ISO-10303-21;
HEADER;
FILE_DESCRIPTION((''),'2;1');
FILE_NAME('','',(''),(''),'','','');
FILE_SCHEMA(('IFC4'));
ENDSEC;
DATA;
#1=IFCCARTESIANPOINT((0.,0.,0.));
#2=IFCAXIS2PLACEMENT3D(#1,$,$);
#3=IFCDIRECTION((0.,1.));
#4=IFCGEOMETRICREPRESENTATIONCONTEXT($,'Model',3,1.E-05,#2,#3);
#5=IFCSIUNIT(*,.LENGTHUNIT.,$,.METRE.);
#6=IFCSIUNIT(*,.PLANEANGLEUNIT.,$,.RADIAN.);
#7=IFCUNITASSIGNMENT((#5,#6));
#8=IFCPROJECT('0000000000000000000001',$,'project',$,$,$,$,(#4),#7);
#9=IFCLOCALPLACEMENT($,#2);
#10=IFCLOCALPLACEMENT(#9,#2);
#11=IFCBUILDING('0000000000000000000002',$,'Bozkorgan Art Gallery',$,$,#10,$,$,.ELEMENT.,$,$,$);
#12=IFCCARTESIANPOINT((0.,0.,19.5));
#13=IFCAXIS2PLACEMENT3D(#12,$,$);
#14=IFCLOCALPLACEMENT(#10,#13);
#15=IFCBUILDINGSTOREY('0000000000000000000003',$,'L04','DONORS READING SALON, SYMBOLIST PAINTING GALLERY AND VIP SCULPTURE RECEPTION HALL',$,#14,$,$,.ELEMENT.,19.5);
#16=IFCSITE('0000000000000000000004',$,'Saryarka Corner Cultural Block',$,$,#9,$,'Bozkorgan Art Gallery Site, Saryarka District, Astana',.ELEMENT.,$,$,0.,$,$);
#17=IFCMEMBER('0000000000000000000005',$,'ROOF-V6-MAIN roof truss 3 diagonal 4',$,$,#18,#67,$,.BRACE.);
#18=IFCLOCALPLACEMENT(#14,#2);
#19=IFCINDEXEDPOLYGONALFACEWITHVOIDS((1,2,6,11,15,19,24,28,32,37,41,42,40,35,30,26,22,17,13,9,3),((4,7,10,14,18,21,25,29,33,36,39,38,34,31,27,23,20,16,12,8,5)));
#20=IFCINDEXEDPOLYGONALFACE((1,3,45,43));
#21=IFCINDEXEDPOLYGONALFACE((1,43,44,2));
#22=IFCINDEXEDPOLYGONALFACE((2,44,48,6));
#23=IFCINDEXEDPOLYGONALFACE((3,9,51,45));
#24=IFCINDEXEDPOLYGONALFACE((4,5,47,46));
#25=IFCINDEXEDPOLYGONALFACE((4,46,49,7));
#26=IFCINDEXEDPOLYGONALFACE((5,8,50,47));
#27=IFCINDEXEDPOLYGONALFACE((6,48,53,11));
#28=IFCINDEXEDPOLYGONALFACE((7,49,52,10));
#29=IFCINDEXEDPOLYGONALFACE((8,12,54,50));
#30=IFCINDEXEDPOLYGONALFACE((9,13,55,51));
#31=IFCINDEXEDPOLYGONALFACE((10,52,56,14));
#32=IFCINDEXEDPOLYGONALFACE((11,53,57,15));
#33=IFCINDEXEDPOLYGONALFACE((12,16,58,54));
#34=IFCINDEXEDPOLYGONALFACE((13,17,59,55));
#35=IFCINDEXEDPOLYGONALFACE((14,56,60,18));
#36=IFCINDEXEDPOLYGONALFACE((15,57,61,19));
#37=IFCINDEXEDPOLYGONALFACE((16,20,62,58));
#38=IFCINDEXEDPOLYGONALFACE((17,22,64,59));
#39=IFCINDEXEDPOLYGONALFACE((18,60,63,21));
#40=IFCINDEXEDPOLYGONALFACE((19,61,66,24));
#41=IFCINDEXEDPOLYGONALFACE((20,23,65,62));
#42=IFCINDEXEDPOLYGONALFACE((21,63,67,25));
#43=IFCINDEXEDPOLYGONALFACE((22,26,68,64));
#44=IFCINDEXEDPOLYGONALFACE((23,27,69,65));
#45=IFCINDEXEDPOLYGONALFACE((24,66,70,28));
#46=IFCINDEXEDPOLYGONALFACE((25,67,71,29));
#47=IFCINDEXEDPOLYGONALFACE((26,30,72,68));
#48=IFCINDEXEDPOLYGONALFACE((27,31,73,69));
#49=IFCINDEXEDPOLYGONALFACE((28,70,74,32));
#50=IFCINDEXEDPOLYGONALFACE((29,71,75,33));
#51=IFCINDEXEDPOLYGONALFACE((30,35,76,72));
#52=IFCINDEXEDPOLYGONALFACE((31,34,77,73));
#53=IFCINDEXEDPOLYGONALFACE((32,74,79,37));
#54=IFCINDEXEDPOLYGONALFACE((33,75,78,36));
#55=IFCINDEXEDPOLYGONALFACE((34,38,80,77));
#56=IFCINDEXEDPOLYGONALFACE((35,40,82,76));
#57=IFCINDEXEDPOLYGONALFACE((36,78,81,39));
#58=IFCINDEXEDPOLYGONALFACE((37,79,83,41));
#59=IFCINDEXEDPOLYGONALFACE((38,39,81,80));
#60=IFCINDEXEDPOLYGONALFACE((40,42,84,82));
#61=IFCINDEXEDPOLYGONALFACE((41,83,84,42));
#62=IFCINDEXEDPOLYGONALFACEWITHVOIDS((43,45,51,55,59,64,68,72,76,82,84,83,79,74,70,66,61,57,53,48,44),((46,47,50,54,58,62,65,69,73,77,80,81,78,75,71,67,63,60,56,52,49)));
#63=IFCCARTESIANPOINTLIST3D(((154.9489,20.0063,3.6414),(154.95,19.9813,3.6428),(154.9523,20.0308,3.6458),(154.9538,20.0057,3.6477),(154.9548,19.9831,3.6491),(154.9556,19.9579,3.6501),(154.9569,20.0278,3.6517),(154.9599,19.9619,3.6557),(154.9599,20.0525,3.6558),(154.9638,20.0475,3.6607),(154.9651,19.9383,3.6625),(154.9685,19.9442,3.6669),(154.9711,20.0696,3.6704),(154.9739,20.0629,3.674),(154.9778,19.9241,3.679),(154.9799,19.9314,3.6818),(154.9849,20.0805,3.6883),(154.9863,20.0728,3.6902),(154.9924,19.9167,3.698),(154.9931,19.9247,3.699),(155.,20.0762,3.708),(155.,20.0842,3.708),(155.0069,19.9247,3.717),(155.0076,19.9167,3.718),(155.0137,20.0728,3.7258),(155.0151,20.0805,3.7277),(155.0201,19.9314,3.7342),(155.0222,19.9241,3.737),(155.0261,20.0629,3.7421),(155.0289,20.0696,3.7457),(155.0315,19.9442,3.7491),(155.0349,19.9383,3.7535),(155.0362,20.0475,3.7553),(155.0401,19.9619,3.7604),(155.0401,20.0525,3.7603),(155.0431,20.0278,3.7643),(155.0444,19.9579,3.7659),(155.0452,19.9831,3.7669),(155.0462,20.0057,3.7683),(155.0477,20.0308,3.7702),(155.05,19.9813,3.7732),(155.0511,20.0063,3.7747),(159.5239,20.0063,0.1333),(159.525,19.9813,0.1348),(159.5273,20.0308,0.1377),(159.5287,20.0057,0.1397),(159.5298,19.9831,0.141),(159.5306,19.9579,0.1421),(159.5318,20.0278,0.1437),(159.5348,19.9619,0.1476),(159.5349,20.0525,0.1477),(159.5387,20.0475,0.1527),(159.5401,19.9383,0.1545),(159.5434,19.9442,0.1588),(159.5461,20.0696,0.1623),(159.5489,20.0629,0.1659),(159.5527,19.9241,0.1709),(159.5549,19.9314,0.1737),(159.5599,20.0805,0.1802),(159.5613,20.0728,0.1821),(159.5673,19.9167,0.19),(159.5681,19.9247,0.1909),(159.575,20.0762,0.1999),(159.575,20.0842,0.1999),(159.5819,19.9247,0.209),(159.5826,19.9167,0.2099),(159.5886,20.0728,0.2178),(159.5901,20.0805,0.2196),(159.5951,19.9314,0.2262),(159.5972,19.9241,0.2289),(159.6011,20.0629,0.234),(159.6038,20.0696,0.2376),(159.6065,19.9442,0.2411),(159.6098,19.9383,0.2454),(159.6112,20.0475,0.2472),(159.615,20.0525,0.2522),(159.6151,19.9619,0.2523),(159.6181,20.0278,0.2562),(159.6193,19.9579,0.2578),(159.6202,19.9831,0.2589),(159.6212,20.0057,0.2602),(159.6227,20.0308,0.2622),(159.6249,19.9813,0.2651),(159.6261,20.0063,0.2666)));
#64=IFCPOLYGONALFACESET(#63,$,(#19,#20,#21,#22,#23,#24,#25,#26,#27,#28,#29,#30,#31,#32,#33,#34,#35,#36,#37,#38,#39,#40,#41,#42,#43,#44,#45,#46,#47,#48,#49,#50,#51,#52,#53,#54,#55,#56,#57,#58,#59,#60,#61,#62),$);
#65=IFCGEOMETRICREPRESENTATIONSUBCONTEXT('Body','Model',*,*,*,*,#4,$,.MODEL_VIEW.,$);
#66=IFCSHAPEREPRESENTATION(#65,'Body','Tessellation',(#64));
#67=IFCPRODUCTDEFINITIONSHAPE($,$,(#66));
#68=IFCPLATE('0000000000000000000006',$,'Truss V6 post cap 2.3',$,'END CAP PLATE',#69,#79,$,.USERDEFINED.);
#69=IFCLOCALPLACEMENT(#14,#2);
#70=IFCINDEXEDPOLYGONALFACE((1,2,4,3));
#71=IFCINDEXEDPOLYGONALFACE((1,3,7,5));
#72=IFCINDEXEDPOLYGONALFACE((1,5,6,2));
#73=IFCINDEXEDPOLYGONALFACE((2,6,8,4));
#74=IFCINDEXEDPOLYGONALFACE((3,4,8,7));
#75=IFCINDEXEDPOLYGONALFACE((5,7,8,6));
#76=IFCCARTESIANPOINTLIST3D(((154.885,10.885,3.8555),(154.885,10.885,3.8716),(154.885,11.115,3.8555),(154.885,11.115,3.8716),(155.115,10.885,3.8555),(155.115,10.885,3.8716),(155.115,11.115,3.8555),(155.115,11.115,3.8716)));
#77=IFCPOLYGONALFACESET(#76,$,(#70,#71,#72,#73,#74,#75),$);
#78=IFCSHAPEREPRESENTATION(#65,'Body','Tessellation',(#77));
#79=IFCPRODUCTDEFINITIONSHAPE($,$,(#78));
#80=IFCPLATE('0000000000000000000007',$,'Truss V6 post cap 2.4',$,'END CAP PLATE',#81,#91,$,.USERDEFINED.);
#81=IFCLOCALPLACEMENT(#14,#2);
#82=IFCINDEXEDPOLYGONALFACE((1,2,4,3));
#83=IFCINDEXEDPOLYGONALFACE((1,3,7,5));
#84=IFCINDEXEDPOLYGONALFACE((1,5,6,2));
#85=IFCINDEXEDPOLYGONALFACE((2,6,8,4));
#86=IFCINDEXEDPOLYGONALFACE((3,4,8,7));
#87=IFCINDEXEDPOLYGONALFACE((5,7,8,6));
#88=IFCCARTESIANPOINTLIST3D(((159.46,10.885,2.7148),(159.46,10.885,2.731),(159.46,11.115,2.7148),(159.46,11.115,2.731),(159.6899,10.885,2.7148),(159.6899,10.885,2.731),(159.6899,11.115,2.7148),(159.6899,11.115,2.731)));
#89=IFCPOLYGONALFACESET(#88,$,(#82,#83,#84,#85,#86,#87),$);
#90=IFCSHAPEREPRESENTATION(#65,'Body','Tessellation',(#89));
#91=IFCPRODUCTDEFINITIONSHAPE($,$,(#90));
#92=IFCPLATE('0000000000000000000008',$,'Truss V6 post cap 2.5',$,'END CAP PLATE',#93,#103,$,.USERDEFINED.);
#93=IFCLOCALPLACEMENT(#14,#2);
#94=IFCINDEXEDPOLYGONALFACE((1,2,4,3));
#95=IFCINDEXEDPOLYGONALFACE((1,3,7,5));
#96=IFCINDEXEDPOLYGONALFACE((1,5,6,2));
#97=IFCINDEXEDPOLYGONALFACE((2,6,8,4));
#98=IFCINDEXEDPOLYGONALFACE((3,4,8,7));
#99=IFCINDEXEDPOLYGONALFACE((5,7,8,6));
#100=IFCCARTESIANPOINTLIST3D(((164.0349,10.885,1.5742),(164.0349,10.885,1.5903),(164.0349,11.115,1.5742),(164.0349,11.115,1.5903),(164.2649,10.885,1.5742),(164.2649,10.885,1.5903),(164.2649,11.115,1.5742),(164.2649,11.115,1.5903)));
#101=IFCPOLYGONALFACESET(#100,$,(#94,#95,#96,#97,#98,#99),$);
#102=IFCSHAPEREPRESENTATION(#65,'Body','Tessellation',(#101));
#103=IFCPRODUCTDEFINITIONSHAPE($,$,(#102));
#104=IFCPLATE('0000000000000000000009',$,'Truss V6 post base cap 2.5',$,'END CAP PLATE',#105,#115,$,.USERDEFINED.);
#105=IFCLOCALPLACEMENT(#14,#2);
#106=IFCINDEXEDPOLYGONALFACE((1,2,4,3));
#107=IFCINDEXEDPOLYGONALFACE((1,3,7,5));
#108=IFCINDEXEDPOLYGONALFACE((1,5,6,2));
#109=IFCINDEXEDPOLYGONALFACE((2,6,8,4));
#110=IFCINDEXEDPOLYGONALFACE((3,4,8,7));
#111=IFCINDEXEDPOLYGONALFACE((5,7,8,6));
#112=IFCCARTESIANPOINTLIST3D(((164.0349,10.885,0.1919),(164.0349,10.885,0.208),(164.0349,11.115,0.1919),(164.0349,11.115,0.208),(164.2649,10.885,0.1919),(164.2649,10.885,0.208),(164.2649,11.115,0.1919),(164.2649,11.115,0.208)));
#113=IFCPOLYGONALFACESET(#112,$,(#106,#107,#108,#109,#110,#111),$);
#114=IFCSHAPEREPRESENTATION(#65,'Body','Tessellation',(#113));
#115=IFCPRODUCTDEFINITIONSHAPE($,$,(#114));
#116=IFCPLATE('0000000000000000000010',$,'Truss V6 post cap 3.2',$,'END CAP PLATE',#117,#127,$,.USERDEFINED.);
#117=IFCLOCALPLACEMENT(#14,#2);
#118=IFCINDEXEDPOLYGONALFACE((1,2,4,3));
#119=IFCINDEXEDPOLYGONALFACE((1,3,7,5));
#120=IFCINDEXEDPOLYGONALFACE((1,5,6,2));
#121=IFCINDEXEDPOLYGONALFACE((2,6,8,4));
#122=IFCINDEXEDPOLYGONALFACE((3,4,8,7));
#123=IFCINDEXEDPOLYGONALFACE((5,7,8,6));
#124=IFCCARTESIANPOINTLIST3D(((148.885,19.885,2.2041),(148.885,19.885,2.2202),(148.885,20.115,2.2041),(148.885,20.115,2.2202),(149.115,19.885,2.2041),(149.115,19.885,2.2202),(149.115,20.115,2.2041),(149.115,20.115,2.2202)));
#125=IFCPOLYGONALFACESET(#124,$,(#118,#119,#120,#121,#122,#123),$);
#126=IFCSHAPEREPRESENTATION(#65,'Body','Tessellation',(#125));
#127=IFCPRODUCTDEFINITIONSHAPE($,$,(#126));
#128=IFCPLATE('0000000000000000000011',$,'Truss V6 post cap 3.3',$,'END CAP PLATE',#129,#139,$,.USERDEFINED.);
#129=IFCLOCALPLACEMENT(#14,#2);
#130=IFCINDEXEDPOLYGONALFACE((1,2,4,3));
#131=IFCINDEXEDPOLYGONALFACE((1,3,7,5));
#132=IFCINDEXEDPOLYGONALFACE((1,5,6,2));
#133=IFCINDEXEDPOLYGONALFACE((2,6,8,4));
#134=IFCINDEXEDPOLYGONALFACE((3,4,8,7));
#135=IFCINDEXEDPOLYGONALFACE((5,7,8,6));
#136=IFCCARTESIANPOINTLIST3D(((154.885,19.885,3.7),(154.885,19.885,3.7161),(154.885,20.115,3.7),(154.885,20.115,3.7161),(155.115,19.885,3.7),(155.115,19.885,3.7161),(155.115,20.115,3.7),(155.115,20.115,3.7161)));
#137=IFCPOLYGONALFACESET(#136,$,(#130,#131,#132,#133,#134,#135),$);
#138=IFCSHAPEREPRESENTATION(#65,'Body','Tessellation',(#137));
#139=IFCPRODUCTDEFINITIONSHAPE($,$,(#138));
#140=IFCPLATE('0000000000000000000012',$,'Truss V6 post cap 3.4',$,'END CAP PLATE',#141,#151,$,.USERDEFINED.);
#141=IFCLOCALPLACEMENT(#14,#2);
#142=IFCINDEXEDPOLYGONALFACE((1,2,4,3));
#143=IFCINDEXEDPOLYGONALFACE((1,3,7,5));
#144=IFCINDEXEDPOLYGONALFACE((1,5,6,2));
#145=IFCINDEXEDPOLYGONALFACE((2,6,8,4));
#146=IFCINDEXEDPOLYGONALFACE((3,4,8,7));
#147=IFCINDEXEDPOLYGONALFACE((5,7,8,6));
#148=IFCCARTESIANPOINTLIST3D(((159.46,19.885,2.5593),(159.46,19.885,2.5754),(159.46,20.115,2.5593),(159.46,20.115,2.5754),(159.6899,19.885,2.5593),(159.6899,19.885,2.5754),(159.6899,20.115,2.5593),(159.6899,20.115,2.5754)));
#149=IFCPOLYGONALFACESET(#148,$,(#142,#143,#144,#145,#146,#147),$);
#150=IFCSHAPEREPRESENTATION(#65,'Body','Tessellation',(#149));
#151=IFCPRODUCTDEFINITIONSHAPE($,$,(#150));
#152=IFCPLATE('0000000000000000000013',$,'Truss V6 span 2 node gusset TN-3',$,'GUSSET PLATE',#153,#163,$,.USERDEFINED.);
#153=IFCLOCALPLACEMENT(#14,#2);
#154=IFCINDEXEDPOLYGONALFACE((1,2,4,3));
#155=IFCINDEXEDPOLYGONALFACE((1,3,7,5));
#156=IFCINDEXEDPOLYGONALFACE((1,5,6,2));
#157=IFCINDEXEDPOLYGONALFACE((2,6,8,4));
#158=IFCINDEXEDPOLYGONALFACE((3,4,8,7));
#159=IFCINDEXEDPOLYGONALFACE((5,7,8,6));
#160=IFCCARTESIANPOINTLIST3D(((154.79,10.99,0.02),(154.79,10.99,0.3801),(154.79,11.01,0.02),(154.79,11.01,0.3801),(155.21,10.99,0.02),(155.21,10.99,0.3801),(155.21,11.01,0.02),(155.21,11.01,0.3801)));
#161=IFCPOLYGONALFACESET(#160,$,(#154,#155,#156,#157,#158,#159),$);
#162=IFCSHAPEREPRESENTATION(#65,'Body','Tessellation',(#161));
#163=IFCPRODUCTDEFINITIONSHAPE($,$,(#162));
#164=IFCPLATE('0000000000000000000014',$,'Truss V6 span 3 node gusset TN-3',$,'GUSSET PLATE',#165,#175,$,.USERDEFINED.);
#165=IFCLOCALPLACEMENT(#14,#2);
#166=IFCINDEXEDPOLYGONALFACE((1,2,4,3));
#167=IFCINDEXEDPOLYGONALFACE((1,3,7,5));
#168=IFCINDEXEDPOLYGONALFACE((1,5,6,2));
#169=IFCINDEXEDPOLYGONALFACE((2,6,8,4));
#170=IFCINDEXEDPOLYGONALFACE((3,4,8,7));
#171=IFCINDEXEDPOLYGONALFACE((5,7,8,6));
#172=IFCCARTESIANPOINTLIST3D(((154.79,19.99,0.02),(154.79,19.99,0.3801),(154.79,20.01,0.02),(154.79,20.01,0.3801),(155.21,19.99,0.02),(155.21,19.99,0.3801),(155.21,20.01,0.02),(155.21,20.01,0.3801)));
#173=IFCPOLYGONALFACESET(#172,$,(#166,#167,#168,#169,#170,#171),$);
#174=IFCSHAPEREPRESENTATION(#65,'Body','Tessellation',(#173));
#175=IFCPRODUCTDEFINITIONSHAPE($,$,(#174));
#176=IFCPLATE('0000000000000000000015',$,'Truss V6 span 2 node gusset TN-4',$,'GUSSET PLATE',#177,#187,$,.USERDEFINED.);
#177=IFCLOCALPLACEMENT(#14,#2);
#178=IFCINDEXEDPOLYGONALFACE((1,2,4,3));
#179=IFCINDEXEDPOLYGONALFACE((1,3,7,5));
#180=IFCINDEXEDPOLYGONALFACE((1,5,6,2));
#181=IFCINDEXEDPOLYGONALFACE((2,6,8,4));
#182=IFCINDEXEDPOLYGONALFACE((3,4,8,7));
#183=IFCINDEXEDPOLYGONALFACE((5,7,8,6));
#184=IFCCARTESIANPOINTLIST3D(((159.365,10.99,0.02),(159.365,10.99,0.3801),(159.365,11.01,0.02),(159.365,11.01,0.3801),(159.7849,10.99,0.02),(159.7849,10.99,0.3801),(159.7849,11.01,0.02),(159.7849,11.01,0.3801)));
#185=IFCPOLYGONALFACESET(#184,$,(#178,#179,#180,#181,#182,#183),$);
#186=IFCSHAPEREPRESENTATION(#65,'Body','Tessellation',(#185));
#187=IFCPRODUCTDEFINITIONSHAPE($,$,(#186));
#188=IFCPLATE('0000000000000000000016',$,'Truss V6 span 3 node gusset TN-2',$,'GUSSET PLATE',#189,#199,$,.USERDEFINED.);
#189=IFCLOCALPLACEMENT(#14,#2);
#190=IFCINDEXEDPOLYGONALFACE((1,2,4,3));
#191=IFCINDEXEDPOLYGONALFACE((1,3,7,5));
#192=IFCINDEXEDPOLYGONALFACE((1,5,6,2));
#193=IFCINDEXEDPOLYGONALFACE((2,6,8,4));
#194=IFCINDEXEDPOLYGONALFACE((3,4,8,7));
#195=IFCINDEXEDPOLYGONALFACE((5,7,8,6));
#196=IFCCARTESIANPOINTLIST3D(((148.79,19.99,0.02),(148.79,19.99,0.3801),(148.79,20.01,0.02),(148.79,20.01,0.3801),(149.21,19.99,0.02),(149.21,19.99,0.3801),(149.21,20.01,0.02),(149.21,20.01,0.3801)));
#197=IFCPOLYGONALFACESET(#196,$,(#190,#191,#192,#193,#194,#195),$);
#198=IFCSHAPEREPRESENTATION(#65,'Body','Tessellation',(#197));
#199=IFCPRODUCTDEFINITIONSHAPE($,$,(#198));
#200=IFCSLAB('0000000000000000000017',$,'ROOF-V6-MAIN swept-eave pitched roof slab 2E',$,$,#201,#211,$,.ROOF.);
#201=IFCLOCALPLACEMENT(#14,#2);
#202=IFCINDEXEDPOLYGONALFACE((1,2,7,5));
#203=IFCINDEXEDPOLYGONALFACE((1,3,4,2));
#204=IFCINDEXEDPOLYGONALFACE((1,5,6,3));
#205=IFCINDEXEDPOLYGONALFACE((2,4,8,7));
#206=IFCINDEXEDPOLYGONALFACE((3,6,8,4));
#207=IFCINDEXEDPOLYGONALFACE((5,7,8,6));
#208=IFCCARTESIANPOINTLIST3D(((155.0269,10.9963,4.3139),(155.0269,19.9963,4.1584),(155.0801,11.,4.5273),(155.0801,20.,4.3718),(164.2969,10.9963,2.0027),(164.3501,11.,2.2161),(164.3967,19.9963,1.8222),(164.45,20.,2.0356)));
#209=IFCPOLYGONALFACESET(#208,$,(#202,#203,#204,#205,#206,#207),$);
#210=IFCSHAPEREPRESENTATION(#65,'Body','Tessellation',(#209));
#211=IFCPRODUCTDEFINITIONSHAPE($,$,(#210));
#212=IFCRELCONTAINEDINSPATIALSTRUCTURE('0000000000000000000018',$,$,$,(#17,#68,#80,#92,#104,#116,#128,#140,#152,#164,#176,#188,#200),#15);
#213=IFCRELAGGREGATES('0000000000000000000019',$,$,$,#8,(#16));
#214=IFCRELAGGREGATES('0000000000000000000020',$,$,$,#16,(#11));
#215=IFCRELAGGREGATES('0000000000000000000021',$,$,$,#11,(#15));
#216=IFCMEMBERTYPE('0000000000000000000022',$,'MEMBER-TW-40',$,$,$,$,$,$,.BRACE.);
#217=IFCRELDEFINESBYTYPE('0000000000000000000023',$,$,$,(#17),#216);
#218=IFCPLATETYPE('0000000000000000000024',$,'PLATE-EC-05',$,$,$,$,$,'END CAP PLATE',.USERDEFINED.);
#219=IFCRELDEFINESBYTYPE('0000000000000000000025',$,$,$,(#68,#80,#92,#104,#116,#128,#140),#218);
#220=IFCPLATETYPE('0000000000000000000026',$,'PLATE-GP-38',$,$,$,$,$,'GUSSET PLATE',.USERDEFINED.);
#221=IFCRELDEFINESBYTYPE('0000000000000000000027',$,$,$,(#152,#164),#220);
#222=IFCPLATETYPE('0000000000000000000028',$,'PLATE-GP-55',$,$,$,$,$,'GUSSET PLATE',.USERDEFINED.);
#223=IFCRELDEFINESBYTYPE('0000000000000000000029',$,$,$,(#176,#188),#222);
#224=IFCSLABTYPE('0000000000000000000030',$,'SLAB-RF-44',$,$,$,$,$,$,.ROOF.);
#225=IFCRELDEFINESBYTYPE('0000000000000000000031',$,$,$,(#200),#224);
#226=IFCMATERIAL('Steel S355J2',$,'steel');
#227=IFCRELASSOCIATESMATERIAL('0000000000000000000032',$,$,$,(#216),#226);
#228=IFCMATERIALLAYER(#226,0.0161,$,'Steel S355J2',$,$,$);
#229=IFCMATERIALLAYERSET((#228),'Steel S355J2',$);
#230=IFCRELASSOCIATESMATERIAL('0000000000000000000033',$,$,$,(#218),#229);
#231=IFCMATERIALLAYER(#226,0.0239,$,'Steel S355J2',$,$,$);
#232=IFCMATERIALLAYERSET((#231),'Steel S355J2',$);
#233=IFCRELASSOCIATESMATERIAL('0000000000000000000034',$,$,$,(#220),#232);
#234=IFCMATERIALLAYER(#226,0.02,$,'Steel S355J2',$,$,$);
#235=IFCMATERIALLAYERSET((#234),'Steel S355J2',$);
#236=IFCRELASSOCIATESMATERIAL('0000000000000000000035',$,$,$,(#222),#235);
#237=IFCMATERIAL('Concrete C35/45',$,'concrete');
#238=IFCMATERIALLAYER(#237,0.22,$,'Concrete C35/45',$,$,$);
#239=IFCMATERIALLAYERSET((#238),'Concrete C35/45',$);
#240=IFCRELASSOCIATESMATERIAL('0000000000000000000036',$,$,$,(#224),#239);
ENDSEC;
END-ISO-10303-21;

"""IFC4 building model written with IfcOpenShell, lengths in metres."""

from ifc_helpers import new_model, si_unit, direction, frame, origin, origin_2d, place, context, subcontext, project, spatial, polyline, rectangle, hollow_circle, outline, extrude, material, layer, layer_set, material_profile, profile_set, type_object, element, save


model = new_model("IFC4")

# Units and contexts
model_context = context("Model", 3, precision=1e-05, world=origin(), true_north=direction((0.0, 1.0)))
body_context = subcontext(model_context, "Body", "Model", "MODEL_VIEW")
ifc_project = project(units=[si_unit("LENGTHUNIT", "METRE"), si_unit("PLANEANGLEUNIT", "RADIAN")], contexts=[model_context])

# Site, building, storey
site_placement = place(None, origin())
site = spatial("IfcSite", under=ifc_project, at=site_placement, Name="Saryarka Corner Cultural Block", LongName="Bozkorgan Art Gallery Site, Saryarka District, Astana", CompositionType="ELEMENT", RefElevation=0.0)
building_placement = place(site_placement, origin())
building = spatial("IfcBuilding", under=site, at=building_placement, Name="Bozkorgan Art Gallery", CompositionType="ELEMENT")
storey_placement = place(building_placement, frame((0.0, 0.0, 19.5)))
storey = spatial("IfcBuildingStorey", under=building, at=storey_placement, Name="L04", Description="DONORS READING SALON, SYMBOLIST PAINTING GALLERY AND VIP SCULPTURE RECEPTION HALL", CompositionType="ELEMENT", Elevation=19.5)

# Member
ifc_material_1 = material(Name="Steel S355J2", Category="steel")
ifc_material_profile_1 = material_profile(ifc_material_1, hollow_circle(Radius=0.0842, WallThickness=0.0081, at=origin_2d()), Name="CHS 168.3x8")
ifc_profile_set_1 = profile_set([ifc_material_profile_1], Name="Steel S355J2")
member_type_1 = type_object("IfcMemberType", Name="MEMBER-TW-40", PredefinedType="BRACE", material=ifc_profile_set_1)
member_1_placement = place(storey_placement, frame((155.0, 20.0, 3.708), z_axis=(0.793557, 0.0, -0.608496), x_axis=(0.0, 1.0, 0.0)))
element("IfcMember", 1, at=member_1_placement, inside=storey, type_object=member_type_1, Name="ROOF-V6-MAIN roof truss 3 diagonal 4", PredefinedType="BRACE", context=body_context, shape_type="SweptSolid", body=[
    extrude(hollow_circle(Radius=0.0842, WallThickness=0.0081, at=origin_2d()), origin(), (0.0, 0.0, 1.0), 5.7651),
])

# Plates
ifc_layer_1 = layer(ifc_material_1, 0.0161, Name="Steel S355J2")
ifc_layer_set_1 = layer_set([ifc_layer_1], Name="Steel S355J2")
plate_type_1 = type_object("IfcPlateType", Name="PLATE-EC-05", ElementType="END CAP PLATE", PredefinedType="USERDEFINED", material=ifc_layer_set_1)
for number, where, z_axis, x_axis, name in (
    (2, (155.0, 11.0, 3.8555), (0.0, 0.0, 1.0), (1.0, 0.0, 0.0), "Truss V6 post cap 2.3"),
    (3, (159.575, 11.0, 2.7148), (0.0, 0.0, 1.0), (1.0, 0.0, 0.0), "Truss V6 post cap 2.4"),
    (4, (164.1499, 11.0, 1.5742), (0.0, 0.0, 1.0), (1.0, 0.0, 0.0), "Truss V6 post cap 2.5"),
    (5, (164.1499, 11.0, 0.1919), (0.0, 0.0, 1.0), (1.0, 0.0, 0.0), "Truss V6 post base cap 2.5"),
    (6, (149.0, 20.0, 2.2041), (0.0, 0.0, 1.0), (1.0, 0.0, 0.0), "Truss V6 post cap 3.2"),
    (7, (155.0, 20.0, 3.7), (0.0, 0.0, 1.0), (1.0, 0.0, 0.0), "Truss V6 post cap 3.3"),
    (8, (159.575, 20.0, 2.5593), (0.0, 0.0, 1.0), (1.0, 0.0, 0.0), "Truss V6 post cap 3.4"),
):
    element("IfcPlate", number, at=place(storey_placement, frame(where, z_axis=z_axis, x_axis=x_axis)), inside=storey, type_object=plate_type_1, Name=name, ObjectType="END CAP PLATE", PredefinedType="USERDEFINED", context=body_context, shape_type="SweptSolid", body=[
        extrude(rectangle(XDim=0.23, YDim=0.23, at=origin_2d()), origin(), (0.0, 0.0, 1.0), 0.0161),
    ])
ifc_layer_2 = layer(ifc_material_1, 0.0239, Name="Steel S355J2")
ifc_layer_set_2 = layer_set([ifc_layer_2], Name="Steel S355J2")
plate_type_2 = type_object("IfcPlateType", Name="PLATE-GP-38", ElementType="GUSSET PLATE", PredefinedType="USERDEFINED", material=ifc_layer_set_2)
for number, where, z_axis, x_axis, name in (
    (9, (155.0, 11.0, 0.02), (0.0, 0.0, 1.0), (1.0, 0.0, 0.0), "Truss V6 span 2 node gusset TN-3"),
    (10, (155.0, 20.0, 0.02), (0.0, 0.0, 1.0), (1.0, 0.0, 0.0), "Truss V6 span 3 node gusset TN-3"),
):
    element("IfcPlate", number, at=place(storey_placement, frame(where, z_axis=z_axis, x_axis=x_axis)), inside=storey, type_object=plate_type_2, Name=name, ObjectType="GUSSET PLATE", PredefinedType="USERDEFINED", context=body_context, shape_type="SweptSolid", body=[
        extrude(rectangle(XDim=0.4199, YDim=0.02, at=origin_2d()), origin(), (0.0, 0.0, 1.0), 0.3601),
    ])
ifc_layer_3 = layer(ifc_material_1, 0.02, Name="Steel S355J2")
ifc_layer_set_3 = layer_set([ifc_layer_3], Name="Steel S355J2")
plate_type_3 = type_object("IfcPlateType", Name="PLATE-GP-55", ElementType="GUSSET PLATE", PredefinedType="USERDEFINED", material=ifc_layer_set_3)
for number, where, z_axis, x_axis, name in (
    (11, (159.575, 11.0, 0.02), (0.0, 0.0, 1.0), (1.0, 0.0, 0.0), "Truss V6 span 2 node gusset TN-4"),
    (12, (149.0, 20.0, 0.02), (0.0, 0.0, 1.0), (1.0, 0.0, 0.0), "Truss V6 span 3 node gusset TN-2"),
):
    element("IfcPlate", number, at=place(storey_placement, frame(where, z_axis=z_axis, x_axis=x_axis)), inside=storey, type_object=plate_type_3, Name=name, ObjectType="GUSSET PLATE", PredefinedType="USERDEFINED", context=body_context, shape_type="SweptSolid", body=[
        extrude(rectangle(XDim=0.4199, YDim=0.02, at=origin_2d()), origin(), (0.0, 0.0, 1.0), 0.3601),
    ])

# Slab
ifc_material_2 = material(Name="Concrete C35/45", Category="concrete")
ifc_layer_4 = layer(ifc_material_2, 0.22, Name="Concrete C35/45")
ifc_layer_set_4 = layer_set([ifc_layer_4], Name="Concrete C35/45")
slab_type = type_object("IfcSlabType", Name="SLAB-RF-44", PredefinedType="ROOF", material=ifc_layer_set_4)
slab_1_placement = place(storey_placement, frame((155.0801, 11.0, 4.5273), z_axis=(0.241889, 0.016764, 0.970159), x_axis=(0.970296, 0.0, -0.241923)))
element("IfcSlab", 13, at=slab_1_placement, inside=storey, type_object=slab_type, Name="ROOF-V6-MAIN swept-eave pitched roof slab 2E", PredefinedType="ROOF", context=body_context, shape_type="SweptSolid", body=[
    extrude(outline(polyline([(0.0, 0.0), (9.5538, 0.0), (9.6943, 9.0013), (0.0376, 9.0013), (0.0, 0.0)])), origin(), (0.0, 0.0, -1.0), 0.22),
])

save(model, "model.ifc")
